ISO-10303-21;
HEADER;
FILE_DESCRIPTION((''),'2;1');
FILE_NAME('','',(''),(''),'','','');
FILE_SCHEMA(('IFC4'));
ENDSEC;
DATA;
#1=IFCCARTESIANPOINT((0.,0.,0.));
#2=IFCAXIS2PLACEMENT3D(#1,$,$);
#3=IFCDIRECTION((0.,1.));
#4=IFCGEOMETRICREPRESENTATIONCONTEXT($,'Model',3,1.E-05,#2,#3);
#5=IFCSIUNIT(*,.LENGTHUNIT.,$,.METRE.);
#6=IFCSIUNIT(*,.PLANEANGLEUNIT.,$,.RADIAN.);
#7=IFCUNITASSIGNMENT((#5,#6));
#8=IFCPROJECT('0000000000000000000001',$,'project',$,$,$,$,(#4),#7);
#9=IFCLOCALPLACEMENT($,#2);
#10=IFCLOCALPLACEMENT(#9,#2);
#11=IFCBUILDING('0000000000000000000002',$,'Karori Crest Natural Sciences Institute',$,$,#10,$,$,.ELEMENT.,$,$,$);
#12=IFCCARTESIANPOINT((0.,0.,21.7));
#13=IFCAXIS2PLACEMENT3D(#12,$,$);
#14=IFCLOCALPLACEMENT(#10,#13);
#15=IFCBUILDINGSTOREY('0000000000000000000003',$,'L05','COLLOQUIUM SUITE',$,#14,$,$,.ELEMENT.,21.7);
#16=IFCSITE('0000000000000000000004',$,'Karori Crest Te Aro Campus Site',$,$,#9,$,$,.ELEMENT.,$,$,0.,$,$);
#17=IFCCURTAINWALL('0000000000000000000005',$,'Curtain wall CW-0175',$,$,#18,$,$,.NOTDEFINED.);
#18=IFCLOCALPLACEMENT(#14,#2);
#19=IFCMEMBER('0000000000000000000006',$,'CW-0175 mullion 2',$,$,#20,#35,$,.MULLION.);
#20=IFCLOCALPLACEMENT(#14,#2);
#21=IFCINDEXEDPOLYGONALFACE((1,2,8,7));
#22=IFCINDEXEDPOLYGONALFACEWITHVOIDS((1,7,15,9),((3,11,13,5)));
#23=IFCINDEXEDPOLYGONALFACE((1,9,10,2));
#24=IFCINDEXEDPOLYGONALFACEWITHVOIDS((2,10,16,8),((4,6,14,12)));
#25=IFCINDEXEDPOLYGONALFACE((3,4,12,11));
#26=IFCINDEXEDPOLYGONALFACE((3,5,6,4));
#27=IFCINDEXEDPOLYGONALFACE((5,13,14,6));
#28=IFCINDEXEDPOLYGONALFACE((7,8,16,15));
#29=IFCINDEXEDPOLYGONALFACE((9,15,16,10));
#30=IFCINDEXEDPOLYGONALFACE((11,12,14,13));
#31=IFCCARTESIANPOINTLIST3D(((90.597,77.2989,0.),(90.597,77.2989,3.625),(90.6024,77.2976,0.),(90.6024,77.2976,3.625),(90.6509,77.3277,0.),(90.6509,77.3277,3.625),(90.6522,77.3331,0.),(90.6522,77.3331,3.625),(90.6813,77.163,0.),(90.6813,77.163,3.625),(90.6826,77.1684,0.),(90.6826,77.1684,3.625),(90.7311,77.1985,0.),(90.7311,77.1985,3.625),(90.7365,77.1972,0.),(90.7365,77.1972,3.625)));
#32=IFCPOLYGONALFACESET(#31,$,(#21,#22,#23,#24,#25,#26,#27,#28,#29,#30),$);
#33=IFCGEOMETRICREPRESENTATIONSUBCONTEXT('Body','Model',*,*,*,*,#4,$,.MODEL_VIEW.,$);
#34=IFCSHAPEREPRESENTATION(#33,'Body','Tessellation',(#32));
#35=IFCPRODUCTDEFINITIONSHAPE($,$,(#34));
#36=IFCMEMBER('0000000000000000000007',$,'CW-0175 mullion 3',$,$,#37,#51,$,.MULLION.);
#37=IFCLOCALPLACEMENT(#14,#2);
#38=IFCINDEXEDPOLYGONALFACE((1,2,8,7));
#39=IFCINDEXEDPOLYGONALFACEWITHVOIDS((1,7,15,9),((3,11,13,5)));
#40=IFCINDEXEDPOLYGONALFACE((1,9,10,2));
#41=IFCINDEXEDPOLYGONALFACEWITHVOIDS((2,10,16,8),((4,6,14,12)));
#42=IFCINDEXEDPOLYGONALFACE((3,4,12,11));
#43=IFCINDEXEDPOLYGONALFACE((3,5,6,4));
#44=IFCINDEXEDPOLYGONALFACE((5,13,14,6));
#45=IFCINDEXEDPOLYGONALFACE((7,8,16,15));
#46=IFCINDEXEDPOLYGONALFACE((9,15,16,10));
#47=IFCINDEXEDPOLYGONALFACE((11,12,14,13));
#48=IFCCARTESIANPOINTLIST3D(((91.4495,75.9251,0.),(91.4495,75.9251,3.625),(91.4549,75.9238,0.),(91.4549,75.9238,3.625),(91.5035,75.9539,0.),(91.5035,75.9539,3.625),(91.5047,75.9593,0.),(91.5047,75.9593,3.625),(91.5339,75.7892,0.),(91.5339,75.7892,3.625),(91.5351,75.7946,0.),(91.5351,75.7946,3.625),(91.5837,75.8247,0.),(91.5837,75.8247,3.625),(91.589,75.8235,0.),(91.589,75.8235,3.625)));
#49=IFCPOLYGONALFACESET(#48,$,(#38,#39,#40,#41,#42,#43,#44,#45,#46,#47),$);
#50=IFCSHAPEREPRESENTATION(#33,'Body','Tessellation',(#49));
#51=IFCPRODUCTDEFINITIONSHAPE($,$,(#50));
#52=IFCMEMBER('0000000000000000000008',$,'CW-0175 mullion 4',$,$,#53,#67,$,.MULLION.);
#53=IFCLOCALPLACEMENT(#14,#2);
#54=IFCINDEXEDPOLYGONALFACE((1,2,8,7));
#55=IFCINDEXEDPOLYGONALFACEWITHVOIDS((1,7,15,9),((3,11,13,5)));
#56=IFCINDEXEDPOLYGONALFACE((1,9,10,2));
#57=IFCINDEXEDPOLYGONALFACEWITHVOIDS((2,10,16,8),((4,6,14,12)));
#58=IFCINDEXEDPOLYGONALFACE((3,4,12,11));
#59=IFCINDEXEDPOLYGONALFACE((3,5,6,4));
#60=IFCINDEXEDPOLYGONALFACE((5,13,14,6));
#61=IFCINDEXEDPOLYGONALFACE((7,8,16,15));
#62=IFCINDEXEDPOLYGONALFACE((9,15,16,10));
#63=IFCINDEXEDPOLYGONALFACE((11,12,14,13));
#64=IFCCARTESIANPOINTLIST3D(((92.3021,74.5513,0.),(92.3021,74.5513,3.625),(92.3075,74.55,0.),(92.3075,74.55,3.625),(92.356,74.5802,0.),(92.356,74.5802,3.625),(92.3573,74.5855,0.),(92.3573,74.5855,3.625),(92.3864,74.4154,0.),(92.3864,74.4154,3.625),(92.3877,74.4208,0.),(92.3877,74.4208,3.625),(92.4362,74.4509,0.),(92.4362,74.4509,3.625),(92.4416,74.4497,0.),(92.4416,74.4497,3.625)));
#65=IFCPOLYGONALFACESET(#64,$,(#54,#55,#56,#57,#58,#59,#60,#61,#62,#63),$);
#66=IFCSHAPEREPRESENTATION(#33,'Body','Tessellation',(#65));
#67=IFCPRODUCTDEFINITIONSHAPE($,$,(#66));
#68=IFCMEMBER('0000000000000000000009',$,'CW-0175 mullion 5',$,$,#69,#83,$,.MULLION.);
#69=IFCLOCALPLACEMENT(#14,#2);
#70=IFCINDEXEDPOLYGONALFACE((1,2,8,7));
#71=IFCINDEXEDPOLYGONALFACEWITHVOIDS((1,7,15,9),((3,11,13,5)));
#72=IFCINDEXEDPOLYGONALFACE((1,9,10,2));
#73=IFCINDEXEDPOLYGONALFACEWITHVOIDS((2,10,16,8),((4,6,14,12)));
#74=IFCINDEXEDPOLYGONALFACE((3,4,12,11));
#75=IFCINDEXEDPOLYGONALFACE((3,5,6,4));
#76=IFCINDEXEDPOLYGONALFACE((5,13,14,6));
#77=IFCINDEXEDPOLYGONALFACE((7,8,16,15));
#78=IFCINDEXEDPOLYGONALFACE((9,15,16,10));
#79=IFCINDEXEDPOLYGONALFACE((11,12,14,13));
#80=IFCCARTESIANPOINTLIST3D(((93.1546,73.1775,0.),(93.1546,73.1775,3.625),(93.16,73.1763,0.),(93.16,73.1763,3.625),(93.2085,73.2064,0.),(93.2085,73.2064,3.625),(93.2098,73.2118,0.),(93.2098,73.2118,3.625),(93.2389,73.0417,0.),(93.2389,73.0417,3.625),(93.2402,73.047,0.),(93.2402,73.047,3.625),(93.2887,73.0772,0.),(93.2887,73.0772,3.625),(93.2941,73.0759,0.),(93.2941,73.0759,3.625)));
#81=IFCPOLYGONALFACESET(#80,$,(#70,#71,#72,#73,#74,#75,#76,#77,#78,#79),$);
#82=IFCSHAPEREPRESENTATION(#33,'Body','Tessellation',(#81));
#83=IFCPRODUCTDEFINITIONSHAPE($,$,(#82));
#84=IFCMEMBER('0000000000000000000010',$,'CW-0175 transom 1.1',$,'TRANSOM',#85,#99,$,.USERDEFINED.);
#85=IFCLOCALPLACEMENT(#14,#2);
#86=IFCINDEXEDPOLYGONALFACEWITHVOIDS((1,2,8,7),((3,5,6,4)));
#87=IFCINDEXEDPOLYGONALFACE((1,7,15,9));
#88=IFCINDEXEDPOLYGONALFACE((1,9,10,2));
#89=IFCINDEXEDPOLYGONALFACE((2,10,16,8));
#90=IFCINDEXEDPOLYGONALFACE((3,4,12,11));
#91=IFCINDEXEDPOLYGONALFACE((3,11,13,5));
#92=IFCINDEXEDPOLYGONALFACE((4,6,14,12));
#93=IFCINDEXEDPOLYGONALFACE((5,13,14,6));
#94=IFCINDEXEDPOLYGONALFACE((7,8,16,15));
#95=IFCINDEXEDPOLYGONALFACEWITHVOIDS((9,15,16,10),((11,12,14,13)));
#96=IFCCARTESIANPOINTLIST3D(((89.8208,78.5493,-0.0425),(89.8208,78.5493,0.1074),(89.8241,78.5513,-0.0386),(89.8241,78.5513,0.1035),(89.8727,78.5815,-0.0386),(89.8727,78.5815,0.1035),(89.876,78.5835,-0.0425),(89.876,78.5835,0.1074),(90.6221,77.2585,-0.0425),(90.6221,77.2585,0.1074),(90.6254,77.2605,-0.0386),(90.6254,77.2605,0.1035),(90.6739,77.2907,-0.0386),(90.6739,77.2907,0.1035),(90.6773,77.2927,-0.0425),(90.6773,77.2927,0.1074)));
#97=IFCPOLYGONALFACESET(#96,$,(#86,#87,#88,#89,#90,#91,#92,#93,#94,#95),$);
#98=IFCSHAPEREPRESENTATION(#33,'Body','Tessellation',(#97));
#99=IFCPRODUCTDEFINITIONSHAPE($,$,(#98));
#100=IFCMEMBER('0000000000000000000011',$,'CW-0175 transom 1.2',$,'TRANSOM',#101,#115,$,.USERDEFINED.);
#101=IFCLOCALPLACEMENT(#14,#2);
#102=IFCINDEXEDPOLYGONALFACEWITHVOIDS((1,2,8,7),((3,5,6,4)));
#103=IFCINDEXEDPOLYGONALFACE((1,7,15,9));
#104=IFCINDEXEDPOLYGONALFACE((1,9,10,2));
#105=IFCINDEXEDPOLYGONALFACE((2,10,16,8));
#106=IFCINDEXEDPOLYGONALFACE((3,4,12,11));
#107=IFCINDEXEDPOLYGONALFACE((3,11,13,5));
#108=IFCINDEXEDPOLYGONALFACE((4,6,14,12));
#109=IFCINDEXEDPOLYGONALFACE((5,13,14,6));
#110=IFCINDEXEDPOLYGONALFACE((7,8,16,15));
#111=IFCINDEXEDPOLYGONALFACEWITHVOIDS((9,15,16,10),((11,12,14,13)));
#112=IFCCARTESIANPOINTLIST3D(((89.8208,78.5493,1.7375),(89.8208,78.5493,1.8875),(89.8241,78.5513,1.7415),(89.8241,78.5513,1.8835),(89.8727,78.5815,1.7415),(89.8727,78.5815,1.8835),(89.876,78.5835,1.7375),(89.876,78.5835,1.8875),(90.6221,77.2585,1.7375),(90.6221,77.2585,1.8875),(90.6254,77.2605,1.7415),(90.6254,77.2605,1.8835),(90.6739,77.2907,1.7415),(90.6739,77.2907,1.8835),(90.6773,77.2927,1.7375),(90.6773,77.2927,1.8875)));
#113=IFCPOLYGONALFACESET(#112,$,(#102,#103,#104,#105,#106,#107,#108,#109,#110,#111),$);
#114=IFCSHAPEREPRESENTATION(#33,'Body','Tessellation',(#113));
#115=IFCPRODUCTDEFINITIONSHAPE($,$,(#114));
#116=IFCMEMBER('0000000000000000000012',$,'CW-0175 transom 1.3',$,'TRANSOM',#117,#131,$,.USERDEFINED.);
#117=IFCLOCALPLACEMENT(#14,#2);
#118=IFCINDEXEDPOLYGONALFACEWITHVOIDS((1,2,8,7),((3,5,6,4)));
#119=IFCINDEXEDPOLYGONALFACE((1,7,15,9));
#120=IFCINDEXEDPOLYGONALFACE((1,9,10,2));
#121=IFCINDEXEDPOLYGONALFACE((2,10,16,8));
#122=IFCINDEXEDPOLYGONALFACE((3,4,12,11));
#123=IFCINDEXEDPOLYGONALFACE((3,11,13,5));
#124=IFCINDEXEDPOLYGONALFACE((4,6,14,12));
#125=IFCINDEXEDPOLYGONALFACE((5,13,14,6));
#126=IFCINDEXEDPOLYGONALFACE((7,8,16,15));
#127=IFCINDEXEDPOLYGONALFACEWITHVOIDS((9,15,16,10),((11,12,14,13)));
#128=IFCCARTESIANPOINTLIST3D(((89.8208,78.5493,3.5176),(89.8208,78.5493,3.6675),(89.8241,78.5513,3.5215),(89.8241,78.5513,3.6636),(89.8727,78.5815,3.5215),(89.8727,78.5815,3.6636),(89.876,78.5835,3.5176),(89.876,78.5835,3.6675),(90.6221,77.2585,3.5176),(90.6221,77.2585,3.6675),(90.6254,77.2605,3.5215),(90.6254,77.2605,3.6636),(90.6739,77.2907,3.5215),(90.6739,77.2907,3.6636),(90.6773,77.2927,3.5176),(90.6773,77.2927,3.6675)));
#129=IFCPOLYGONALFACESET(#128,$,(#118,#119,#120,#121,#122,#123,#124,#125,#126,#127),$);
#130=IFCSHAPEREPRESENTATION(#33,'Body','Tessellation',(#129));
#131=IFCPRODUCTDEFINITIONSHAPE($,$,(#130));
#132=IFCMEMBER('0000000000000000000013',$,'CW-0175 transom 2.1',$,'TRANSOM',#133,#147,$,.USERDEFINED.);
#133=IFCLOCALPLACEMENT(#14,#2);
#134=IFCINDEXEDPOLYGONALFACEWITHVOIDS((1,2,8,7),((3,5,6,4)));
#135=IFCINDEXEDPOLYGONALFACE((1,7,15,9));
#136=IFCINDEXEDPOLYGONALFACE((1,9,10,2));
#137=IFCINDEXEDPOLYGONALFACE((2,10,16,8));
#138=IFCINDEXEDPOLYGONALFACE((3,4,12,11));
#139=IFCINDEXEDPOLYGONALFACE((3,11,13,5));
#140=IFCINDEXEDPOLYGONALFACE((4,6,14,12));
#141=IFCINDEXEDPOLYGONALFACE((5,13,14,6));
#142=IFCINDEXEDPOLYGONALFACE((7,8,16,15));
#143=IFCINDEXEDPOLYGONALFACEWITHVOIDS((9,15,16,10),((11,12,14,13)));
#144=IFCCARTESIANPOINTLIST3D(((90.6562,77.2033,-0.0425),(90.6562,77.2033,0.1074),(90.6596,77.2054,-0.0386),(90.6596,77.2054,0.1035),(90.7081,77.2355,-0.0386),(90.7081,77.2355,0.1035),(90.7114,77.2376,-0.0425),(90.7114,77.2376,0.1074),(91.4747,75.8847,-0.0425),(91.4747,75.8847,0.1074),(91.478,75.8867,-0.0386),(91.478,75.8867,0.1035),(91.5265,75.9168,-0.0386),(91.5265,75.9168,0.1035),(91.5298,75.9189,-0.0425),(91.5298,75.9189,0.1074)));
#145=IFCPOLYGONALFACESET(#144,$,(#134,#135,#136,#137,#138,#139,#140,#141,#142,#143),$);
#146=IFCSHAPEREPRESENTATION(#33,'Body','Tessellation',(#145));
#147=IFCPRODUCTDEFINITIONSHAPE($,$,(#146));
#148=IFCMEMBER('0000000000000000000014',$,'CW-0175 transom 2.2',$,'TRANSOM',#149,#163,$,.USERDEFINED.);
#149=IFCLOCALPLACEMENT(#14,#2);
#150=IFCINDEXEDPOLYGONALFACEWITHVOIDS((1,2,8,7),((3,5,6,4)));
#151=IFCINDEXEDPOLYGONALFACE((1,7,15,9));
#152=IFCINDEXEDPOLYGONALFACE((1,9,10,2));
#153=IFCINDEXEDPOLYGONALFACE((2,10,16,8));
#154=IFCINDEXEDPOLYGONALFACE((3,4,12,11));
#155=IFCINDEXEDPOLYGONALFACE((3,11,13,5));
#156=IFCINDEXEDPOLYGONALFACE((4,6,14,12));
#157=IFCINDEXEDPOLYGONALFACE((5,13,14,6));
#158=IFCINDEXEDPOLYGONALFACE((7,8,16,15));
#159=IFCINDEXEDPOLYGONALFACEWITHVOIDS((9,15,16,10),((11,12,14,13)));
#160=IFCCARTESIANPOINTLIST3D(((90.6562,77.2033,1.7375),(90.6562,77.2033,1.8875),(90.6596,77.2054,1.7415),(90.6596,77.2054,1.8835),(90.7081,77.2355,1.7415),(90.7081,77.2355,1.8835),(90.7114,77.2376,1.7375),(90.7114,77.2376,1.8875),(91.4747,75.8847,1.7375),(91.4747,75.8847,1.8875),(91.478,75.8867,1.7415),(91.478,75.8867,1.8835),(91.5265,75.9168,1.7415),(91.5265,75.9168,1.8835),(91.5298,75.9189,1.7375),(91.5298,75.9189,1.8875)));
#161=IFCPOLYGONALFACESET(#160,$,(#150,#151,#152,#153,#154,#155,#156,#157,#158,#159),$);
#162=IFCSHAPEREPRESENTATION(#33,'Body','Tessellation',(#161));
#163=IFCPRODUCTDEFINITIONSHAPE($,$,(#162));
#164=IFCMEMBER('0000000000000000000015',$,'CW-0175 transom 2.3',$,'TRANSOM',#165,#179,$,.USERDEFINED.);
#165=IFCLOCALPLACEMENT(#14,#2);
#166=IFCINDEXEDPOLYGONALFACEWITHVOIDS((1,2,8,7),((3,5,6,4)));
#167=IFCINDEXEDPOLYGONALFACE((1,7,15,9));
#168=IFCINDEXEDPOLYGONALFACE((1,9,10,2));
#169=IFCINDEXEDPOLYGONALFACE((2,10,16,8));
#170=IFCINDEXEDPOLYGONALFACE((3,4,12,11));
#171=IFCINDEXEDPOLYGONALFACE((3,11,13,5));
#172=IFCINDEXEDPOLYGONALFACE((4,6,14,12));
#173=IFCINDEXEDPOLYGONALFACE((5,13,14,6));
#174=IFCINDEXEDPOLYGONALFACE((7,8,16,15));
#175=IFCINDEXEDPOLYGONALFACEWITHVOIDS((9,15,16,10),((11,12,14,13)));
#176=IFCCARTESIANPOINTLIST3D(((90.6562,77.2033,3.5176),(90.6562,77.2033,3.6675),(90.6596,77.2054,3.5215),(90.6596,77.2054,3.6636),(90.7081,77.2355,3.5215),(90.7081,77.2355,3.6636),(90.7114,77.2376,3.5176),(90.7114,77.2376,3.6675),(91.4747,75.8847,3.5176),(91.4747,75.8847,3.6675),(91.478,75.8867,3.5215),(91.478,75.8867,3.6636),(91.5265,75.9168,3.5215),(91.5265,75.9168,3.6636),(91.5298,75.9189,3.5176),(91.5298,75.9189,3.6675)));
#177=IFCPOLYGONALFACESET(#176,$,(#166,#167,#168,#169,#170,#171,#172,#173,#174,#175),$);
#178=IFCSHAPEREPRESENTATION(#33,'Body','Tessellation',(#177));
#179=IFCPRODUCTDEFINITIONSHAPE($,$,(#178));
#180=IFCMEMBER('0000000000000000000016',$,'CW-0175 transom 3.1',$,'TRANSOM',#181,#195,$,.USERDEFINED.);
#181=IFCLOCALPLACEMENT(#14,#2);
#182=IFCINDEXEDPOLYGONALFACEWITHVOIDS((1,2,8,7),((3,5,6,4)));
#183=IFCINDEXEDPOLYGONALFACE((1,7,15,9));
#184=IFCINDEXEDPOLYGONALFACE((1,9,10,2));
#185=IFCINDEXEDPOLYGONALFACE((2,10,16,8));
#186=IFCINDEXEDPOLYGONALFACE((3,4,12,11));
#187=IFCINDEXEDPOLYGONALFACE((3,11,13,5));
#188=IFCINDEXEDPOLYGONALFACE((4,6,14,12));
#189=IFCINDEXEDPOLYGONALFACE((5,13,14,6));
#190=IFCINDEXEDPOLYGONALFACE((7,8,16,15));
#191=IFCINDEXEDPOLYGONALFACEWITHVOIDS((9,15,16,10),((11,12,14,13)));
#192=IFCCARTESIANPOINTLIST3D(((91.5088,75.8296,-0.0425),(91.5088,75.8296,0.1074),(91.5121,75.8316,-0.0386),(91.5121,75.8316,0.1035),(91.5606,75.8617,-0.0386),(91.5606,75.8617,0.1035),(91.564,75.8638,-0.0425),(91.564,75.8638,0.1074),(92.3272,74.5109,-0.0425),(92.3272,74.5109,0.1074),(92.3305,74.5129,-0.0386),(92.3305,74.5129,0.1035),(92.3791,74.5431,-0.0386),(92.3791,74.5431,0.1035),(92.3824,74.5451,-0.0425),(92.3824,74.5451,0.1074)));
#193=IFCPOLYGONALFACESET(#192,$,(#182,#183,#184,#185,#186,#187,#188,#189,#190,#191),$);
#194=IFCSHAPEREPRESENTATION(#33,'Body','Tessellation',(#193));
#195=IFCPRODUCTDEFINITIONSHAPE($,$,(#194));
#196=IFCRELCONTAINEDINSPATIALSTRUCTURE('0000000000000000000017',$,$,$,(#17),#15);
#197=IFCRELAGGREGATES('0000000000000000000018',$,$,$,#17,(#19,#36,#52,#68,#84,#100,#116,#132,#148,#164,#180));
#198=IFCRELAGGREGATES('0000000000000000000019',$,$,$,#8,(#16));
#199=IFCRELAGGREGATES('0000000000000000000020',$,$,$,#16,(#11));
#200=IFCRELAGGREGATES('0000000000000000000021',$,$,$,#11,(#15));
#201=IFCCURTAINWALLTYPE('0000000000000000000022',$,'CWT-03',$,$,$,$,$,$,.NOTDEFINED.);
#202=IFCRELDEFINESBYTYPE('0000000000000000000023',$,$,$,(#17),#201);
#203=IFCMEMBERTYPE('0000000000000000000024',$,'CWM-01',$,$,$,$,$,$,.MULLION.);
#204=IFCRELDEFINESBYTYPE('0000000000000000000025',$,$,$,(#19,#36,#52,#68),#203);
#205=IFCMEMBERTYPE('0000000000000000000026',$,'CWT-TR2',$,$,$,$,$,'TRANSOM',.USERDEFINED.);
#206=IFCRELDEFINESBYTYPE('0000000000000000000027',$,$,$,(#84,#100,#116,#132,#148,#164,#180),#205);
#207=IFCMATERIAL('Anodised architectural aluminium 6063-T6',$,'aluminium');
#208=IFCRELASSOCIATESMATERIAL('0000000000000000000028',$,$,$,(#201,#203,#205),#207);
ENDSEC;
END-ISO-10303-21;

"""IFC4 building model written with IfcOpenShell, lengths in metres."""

from ifc_helpers import new_model, si_unit, direction, frame, origin, origin_2d, place, context, subcontext, project, spatial, hollow_rectangle, extrude, material, material_profile, profile_set, type_object, element, aggregate, save


model = new_model("IFC4")

# Units and contexts
model_context = context("Model", 3, precision=1e-05, world=origin(), true_north=direction((0.0, 1.0)))
body_context = subcontext(model_context, "Body", "Model", "MODEL_VIEW")
ifc_project = project(units=[si_unit("LENGTHUNIT", "METRE"), si_unit("PLANEANGLEUNIT", "RADIAN")], contexts=[model_context])

# Site, building, storey
site_placement = place(None, origin())
site = spatial("IfcSite", under=ifc_project, at=site_placement, Name="Karori Crest Te Aro Campus Site", CompositionType="ELEMENT", RefElevation=0.0)
building_placement = place(site_placement, origin())
building = spatial("IfcBuilding", under=site, at=building_placement, Name="Karori Crest Natural Sciences Institute", CompositionType="ELEMENT")
storey_placement = place(building_placement, frame((0.0, 0.0, 21.7)))
storey = spatial("IfcBuildingStorey", under=building, at=storey_placement, Name="L05", Description="COLLOQUIUM SUITE", CompositionType="ELEMENT", Elevation=21.7)

# Curtain wall, members
ifc_material_1 = material(Name="Anodised architectural aluminium 6063-T6", Category="aluminium")
curtain_wall_type = type_object("IfcCurtainWallType", Name="CWT-03", PredefinedType="NOTDEFINED", material=ifc_material_1)
curtain_wall_placement = place(storey_placement, origin())
curtain_wall = element("IfcCurtainWall", 1, at=curtain_wall_placement, inside=storey, type_object=curtain_wall_type, Name="Curtain wall CW-0175", PredefinedType="NOTDEFINED")
ifc_material_profile_1 = material_profile(ifc_material_1, hollow_rectangle(XDim=0.0649, YDim=0.1599, WallThickness=0.0039, at=origin_2d()), Name="CWM160x65x4")
ifc_profile_set_1 = profile_set([ifc_material_profile_1], Name="Anodised architectural aluminium 6063-T6")
member_type_1 = type_object("IfcMemberType", Name="CWM-01", PredefinedType="MULLION", material=ifc_profile_set_1)
member_1_placement = place(storey_placement, frame((90.6667, 77.248, 0.0), z_axis=(0.0, 0.0, 1.0), x_axis=(0.849662, 0.527328, 0.0)))
member_1 = element("IfcMember", 2, at=member_1_placement, type_object=member_type_1, Name="CW-0175 mullion 2", PredefinedType="MULLION", context=body_context, shape_type="SweptSolid", body=[
    extrude(hollow_rectangle(XDim=0.0649, YDim=0.1599, WallThickness=0.0039, at=origin_2d()), origin(), (0.0, 0.0, 1.0), 3.625),
])
member_2_placement = place(storey_placement, frame((91.5193, 75.8743, 0.0), z_axis=(0.0, 0.0, 1.0), x_axis=(0.849662, 0.527328, 0.0)))
member_2 = element("IfcMember", 3, at=member_2_placement, type_object=member_type_1, Name="CW-0175 mullion 3", PredefinedType="MULLION", context=body_context, shape_type="SweptSolid", body=[
    extrude(hollow_rectangle(XDim=0.0649, YDim=0.1599, WallThickness=0.0039, at=origin_2d()), origin(), (0.0, 0.0, 1.0), 3.625),
])
member_3_placement = place(storey_placement, frame((92.3718, 74.5005, 0.0), z_axis=(0.0, 0.0, 1.0), x_axis=(0.849662, 0.527328, 0.0)))
member_3 = element("IfcMember", 4, at=member_3_placement, type_object=member_type_1, Name="CW-0175 mullion 4", PredefinedType="MULLION", context=body_context, shape_type="SweptSolid", body=[
    extrude(hollow_rectangle(XDim=0.0649, YDim=0.1599, WallThickness=0.0039, at=origin_2d()), origin(), (0.0, 0.0, 1.0), 3.625),
])
member_4_placement = place(storey_placement, frame((93.2244, 73.1267, 0.0), z_axis=(0.0, 0.0, 1.0), x_axis=(0.849662, 0.527328, 0.0)))
member_4 = element("IfcMember", 5, at=member_4_placement, type_object=member_type_1, Name="CW-0175 mullion 5", PredefinedType="MULLION", context=body_context, shape_type="SweptSolid", body=[
    extrude(hollow_rectangle(XDim=0.0649, YDim=0.1599, WallThickness=0.0039, at=origin_2d()), origin(), (0.0, 0.0, 1.0), 3.625),
])
ifc_material_profile_2 = material_profile(ifc_material_1, hollow_rectangle(XDim=0.0649, YDim=0.1499, WallThickness=0.0039, at=origin_2d()), Name="CWT150x65x4")
ifc_profile_set_2 = profile_set([ifc_material_profile_2], Name="Anodised architectural aluminium 6063-T6")
member_type_2 = type_object("IfcMemberType", Name="CWT-TR2", ElementType="TRANSOM", PredefinedType="USERDEFINED", material=ifc_profile_set_2)
member_5_placement = place(storey_placement, frame((89.8484, 78.5664, 0.0325), z_axis=(0.527411, -0.84961, 0.0), x_axis=(0.84961, 0.527411, 0.0)))
member_5 = element("IfcMember", 6, at=member_5_placement, type_object=member_type_2, Name="CW-0175 transom 1.1", ObjectType="TRANSOM", PredefinedType="USERDEFINED", context=body_context, shape_type="SweptSolid", body=[
    extrude(hollow_rectangle(XDim=0.0649, YDim=0.1499, WallThickness=0.0039, at=origin_2d()), origin(), (0.0, 0.0, 1.0), 1.5193),
])
member_6_placement = place(storey_placement, frame((89.8484, 78.5664, 1.8125), z_axis=(0.527411, -0.84961, 0.0), x_axis=(0.84961, 0.527411, 0.0)))
member_6 = element("IfcMember", 7, at=member_6_placement, type_object=member_type_2, Name="CW-0175 transom 1.2", ObjectType="TRANSOM", PredefinedType="USERDEFINED", context=body_context, shape_type="SweptSolid", body=[
    extrude(hollow_rectangle(XDim=0.0649, YDim=0.1499, WallThickness=0.0039, at=origin_2d()), origin(), (0.0, 0.0, 1.0), 1.5193),
])
member_7_placement = place(storey_placement, frame((89.8484, 78.5664, 3.5925), z_axis=(0.527411, -0.84961, 0.0), x_axis=(0.84961, 0.527411, 0.0)))
member_7 = element("IfcMember", 8, at=member_7_placement, type_object=member_type_2, Name="CW-0175 transom 1.3", ObjectType="TRANSOM", PredefinedType="USERDEFINED", context=body_context, shape_type="SweptSolid", body=[
    extrude(hollow_rectangle(XDim=0.0649, YDim=0.1499, WallThickness=0.0039, at=origin_2d()), origin(), (0.0, 0.0, 1.0), 1.5193),
])
member_8_placement = place(storey_placement, frame((90.6838, 77.2205, 0.0325), z_axis=(0.527324, -0.849664, 0.0), x_axis=(0.849664, 0.527324, 0.0)))
member_8 = element("IfcMember", 9, at=member_8_placement, type_object=member_type_2, Name="CW-0175 transom 2.1", ObjectType="TRANSOM", PredefinedType="USERDEFINED", context=body_context, shape_type="SweptSolid", body=[
    extrude(hollow_rectangle(XDim=0.0649, YDim=0.1499, WallThickness=0.0039, at=origin_2d()), origin(), (0.0, 0.0, 1.0), 1.552),
])
member_9_placement = place(storey_placement, frame((90.6838, 77.2205, 1.8125), z_axis=(0.527324, -0.849664, 0.0), x_axis=(0.849664, 0.527324, 0.0)))
member_9 = element("IfcMember", 10, at=member_9_placement, type_object=member_type_2, Name="CW-0175 transom 2.2", ObjectType="TRANSOM", PredefinedType="USERDEFINED", context=body_context, shape_type="SweptSolid", body=[
    extrude(hollow_rectangle(XDim=0.0649, YDim=0.1499, WallThickness=0.0039, at=origin_2d()), origin(), (0.0, 0.0, 1.0), 1.552),
])
member_10_placement = place(storey_placement, frame((90.6838, 77.2205, 3.5925), z_axis=(0.527324, -0.849664, 0.0), x_axis=(0.849664, 0.527324, 0.0)))
member_10 = element("IfcMember", 11, at=member_10_placement, type_object=member_type_2, Name="CW-0175 transom 2.3", ObjectType="TRANSOM", PredefinedType="USERDEFINED", context=body_context, shape_type="SweptSolid", body=[
    extrude(hollow_rectangle(XDim=0.0649, YDim=0.1499, WallThickness=0.0039, at=origin_2d()), origin(), (0.0, 0.0, 1.0), 1.552),
])
member_11_placement = place(storey_placement, frame((91.5364, 75.8467, 0.0325), z_axis=(0.527324, -0.849664, 0.0), x_axis=(0.849664, 0.527324, 0.0)))
member_11 = element("IfcMember", 12, at=member_11_placement, type_object=member_type_2, Name="CW-0175 transom 3.1", ObjectType="TRANSOM", PredefinedType="USERDEFINED", context=body_context, shape_type="SweptSolid", body=[
    extrude(hollow_rectangle(XDim=0.0649, YDim=0.1499, WallThickness=0.0039, at=origin_2d()), origin(), (0.0, 0.0, 1.0), 1.552),
])
aggregate(curtain_wall, [member_1, member_2, member_3, member_4, member_5, member_6, member_7, member_8, member_9, member_10, member_11])

save(model, "model.ifc")
